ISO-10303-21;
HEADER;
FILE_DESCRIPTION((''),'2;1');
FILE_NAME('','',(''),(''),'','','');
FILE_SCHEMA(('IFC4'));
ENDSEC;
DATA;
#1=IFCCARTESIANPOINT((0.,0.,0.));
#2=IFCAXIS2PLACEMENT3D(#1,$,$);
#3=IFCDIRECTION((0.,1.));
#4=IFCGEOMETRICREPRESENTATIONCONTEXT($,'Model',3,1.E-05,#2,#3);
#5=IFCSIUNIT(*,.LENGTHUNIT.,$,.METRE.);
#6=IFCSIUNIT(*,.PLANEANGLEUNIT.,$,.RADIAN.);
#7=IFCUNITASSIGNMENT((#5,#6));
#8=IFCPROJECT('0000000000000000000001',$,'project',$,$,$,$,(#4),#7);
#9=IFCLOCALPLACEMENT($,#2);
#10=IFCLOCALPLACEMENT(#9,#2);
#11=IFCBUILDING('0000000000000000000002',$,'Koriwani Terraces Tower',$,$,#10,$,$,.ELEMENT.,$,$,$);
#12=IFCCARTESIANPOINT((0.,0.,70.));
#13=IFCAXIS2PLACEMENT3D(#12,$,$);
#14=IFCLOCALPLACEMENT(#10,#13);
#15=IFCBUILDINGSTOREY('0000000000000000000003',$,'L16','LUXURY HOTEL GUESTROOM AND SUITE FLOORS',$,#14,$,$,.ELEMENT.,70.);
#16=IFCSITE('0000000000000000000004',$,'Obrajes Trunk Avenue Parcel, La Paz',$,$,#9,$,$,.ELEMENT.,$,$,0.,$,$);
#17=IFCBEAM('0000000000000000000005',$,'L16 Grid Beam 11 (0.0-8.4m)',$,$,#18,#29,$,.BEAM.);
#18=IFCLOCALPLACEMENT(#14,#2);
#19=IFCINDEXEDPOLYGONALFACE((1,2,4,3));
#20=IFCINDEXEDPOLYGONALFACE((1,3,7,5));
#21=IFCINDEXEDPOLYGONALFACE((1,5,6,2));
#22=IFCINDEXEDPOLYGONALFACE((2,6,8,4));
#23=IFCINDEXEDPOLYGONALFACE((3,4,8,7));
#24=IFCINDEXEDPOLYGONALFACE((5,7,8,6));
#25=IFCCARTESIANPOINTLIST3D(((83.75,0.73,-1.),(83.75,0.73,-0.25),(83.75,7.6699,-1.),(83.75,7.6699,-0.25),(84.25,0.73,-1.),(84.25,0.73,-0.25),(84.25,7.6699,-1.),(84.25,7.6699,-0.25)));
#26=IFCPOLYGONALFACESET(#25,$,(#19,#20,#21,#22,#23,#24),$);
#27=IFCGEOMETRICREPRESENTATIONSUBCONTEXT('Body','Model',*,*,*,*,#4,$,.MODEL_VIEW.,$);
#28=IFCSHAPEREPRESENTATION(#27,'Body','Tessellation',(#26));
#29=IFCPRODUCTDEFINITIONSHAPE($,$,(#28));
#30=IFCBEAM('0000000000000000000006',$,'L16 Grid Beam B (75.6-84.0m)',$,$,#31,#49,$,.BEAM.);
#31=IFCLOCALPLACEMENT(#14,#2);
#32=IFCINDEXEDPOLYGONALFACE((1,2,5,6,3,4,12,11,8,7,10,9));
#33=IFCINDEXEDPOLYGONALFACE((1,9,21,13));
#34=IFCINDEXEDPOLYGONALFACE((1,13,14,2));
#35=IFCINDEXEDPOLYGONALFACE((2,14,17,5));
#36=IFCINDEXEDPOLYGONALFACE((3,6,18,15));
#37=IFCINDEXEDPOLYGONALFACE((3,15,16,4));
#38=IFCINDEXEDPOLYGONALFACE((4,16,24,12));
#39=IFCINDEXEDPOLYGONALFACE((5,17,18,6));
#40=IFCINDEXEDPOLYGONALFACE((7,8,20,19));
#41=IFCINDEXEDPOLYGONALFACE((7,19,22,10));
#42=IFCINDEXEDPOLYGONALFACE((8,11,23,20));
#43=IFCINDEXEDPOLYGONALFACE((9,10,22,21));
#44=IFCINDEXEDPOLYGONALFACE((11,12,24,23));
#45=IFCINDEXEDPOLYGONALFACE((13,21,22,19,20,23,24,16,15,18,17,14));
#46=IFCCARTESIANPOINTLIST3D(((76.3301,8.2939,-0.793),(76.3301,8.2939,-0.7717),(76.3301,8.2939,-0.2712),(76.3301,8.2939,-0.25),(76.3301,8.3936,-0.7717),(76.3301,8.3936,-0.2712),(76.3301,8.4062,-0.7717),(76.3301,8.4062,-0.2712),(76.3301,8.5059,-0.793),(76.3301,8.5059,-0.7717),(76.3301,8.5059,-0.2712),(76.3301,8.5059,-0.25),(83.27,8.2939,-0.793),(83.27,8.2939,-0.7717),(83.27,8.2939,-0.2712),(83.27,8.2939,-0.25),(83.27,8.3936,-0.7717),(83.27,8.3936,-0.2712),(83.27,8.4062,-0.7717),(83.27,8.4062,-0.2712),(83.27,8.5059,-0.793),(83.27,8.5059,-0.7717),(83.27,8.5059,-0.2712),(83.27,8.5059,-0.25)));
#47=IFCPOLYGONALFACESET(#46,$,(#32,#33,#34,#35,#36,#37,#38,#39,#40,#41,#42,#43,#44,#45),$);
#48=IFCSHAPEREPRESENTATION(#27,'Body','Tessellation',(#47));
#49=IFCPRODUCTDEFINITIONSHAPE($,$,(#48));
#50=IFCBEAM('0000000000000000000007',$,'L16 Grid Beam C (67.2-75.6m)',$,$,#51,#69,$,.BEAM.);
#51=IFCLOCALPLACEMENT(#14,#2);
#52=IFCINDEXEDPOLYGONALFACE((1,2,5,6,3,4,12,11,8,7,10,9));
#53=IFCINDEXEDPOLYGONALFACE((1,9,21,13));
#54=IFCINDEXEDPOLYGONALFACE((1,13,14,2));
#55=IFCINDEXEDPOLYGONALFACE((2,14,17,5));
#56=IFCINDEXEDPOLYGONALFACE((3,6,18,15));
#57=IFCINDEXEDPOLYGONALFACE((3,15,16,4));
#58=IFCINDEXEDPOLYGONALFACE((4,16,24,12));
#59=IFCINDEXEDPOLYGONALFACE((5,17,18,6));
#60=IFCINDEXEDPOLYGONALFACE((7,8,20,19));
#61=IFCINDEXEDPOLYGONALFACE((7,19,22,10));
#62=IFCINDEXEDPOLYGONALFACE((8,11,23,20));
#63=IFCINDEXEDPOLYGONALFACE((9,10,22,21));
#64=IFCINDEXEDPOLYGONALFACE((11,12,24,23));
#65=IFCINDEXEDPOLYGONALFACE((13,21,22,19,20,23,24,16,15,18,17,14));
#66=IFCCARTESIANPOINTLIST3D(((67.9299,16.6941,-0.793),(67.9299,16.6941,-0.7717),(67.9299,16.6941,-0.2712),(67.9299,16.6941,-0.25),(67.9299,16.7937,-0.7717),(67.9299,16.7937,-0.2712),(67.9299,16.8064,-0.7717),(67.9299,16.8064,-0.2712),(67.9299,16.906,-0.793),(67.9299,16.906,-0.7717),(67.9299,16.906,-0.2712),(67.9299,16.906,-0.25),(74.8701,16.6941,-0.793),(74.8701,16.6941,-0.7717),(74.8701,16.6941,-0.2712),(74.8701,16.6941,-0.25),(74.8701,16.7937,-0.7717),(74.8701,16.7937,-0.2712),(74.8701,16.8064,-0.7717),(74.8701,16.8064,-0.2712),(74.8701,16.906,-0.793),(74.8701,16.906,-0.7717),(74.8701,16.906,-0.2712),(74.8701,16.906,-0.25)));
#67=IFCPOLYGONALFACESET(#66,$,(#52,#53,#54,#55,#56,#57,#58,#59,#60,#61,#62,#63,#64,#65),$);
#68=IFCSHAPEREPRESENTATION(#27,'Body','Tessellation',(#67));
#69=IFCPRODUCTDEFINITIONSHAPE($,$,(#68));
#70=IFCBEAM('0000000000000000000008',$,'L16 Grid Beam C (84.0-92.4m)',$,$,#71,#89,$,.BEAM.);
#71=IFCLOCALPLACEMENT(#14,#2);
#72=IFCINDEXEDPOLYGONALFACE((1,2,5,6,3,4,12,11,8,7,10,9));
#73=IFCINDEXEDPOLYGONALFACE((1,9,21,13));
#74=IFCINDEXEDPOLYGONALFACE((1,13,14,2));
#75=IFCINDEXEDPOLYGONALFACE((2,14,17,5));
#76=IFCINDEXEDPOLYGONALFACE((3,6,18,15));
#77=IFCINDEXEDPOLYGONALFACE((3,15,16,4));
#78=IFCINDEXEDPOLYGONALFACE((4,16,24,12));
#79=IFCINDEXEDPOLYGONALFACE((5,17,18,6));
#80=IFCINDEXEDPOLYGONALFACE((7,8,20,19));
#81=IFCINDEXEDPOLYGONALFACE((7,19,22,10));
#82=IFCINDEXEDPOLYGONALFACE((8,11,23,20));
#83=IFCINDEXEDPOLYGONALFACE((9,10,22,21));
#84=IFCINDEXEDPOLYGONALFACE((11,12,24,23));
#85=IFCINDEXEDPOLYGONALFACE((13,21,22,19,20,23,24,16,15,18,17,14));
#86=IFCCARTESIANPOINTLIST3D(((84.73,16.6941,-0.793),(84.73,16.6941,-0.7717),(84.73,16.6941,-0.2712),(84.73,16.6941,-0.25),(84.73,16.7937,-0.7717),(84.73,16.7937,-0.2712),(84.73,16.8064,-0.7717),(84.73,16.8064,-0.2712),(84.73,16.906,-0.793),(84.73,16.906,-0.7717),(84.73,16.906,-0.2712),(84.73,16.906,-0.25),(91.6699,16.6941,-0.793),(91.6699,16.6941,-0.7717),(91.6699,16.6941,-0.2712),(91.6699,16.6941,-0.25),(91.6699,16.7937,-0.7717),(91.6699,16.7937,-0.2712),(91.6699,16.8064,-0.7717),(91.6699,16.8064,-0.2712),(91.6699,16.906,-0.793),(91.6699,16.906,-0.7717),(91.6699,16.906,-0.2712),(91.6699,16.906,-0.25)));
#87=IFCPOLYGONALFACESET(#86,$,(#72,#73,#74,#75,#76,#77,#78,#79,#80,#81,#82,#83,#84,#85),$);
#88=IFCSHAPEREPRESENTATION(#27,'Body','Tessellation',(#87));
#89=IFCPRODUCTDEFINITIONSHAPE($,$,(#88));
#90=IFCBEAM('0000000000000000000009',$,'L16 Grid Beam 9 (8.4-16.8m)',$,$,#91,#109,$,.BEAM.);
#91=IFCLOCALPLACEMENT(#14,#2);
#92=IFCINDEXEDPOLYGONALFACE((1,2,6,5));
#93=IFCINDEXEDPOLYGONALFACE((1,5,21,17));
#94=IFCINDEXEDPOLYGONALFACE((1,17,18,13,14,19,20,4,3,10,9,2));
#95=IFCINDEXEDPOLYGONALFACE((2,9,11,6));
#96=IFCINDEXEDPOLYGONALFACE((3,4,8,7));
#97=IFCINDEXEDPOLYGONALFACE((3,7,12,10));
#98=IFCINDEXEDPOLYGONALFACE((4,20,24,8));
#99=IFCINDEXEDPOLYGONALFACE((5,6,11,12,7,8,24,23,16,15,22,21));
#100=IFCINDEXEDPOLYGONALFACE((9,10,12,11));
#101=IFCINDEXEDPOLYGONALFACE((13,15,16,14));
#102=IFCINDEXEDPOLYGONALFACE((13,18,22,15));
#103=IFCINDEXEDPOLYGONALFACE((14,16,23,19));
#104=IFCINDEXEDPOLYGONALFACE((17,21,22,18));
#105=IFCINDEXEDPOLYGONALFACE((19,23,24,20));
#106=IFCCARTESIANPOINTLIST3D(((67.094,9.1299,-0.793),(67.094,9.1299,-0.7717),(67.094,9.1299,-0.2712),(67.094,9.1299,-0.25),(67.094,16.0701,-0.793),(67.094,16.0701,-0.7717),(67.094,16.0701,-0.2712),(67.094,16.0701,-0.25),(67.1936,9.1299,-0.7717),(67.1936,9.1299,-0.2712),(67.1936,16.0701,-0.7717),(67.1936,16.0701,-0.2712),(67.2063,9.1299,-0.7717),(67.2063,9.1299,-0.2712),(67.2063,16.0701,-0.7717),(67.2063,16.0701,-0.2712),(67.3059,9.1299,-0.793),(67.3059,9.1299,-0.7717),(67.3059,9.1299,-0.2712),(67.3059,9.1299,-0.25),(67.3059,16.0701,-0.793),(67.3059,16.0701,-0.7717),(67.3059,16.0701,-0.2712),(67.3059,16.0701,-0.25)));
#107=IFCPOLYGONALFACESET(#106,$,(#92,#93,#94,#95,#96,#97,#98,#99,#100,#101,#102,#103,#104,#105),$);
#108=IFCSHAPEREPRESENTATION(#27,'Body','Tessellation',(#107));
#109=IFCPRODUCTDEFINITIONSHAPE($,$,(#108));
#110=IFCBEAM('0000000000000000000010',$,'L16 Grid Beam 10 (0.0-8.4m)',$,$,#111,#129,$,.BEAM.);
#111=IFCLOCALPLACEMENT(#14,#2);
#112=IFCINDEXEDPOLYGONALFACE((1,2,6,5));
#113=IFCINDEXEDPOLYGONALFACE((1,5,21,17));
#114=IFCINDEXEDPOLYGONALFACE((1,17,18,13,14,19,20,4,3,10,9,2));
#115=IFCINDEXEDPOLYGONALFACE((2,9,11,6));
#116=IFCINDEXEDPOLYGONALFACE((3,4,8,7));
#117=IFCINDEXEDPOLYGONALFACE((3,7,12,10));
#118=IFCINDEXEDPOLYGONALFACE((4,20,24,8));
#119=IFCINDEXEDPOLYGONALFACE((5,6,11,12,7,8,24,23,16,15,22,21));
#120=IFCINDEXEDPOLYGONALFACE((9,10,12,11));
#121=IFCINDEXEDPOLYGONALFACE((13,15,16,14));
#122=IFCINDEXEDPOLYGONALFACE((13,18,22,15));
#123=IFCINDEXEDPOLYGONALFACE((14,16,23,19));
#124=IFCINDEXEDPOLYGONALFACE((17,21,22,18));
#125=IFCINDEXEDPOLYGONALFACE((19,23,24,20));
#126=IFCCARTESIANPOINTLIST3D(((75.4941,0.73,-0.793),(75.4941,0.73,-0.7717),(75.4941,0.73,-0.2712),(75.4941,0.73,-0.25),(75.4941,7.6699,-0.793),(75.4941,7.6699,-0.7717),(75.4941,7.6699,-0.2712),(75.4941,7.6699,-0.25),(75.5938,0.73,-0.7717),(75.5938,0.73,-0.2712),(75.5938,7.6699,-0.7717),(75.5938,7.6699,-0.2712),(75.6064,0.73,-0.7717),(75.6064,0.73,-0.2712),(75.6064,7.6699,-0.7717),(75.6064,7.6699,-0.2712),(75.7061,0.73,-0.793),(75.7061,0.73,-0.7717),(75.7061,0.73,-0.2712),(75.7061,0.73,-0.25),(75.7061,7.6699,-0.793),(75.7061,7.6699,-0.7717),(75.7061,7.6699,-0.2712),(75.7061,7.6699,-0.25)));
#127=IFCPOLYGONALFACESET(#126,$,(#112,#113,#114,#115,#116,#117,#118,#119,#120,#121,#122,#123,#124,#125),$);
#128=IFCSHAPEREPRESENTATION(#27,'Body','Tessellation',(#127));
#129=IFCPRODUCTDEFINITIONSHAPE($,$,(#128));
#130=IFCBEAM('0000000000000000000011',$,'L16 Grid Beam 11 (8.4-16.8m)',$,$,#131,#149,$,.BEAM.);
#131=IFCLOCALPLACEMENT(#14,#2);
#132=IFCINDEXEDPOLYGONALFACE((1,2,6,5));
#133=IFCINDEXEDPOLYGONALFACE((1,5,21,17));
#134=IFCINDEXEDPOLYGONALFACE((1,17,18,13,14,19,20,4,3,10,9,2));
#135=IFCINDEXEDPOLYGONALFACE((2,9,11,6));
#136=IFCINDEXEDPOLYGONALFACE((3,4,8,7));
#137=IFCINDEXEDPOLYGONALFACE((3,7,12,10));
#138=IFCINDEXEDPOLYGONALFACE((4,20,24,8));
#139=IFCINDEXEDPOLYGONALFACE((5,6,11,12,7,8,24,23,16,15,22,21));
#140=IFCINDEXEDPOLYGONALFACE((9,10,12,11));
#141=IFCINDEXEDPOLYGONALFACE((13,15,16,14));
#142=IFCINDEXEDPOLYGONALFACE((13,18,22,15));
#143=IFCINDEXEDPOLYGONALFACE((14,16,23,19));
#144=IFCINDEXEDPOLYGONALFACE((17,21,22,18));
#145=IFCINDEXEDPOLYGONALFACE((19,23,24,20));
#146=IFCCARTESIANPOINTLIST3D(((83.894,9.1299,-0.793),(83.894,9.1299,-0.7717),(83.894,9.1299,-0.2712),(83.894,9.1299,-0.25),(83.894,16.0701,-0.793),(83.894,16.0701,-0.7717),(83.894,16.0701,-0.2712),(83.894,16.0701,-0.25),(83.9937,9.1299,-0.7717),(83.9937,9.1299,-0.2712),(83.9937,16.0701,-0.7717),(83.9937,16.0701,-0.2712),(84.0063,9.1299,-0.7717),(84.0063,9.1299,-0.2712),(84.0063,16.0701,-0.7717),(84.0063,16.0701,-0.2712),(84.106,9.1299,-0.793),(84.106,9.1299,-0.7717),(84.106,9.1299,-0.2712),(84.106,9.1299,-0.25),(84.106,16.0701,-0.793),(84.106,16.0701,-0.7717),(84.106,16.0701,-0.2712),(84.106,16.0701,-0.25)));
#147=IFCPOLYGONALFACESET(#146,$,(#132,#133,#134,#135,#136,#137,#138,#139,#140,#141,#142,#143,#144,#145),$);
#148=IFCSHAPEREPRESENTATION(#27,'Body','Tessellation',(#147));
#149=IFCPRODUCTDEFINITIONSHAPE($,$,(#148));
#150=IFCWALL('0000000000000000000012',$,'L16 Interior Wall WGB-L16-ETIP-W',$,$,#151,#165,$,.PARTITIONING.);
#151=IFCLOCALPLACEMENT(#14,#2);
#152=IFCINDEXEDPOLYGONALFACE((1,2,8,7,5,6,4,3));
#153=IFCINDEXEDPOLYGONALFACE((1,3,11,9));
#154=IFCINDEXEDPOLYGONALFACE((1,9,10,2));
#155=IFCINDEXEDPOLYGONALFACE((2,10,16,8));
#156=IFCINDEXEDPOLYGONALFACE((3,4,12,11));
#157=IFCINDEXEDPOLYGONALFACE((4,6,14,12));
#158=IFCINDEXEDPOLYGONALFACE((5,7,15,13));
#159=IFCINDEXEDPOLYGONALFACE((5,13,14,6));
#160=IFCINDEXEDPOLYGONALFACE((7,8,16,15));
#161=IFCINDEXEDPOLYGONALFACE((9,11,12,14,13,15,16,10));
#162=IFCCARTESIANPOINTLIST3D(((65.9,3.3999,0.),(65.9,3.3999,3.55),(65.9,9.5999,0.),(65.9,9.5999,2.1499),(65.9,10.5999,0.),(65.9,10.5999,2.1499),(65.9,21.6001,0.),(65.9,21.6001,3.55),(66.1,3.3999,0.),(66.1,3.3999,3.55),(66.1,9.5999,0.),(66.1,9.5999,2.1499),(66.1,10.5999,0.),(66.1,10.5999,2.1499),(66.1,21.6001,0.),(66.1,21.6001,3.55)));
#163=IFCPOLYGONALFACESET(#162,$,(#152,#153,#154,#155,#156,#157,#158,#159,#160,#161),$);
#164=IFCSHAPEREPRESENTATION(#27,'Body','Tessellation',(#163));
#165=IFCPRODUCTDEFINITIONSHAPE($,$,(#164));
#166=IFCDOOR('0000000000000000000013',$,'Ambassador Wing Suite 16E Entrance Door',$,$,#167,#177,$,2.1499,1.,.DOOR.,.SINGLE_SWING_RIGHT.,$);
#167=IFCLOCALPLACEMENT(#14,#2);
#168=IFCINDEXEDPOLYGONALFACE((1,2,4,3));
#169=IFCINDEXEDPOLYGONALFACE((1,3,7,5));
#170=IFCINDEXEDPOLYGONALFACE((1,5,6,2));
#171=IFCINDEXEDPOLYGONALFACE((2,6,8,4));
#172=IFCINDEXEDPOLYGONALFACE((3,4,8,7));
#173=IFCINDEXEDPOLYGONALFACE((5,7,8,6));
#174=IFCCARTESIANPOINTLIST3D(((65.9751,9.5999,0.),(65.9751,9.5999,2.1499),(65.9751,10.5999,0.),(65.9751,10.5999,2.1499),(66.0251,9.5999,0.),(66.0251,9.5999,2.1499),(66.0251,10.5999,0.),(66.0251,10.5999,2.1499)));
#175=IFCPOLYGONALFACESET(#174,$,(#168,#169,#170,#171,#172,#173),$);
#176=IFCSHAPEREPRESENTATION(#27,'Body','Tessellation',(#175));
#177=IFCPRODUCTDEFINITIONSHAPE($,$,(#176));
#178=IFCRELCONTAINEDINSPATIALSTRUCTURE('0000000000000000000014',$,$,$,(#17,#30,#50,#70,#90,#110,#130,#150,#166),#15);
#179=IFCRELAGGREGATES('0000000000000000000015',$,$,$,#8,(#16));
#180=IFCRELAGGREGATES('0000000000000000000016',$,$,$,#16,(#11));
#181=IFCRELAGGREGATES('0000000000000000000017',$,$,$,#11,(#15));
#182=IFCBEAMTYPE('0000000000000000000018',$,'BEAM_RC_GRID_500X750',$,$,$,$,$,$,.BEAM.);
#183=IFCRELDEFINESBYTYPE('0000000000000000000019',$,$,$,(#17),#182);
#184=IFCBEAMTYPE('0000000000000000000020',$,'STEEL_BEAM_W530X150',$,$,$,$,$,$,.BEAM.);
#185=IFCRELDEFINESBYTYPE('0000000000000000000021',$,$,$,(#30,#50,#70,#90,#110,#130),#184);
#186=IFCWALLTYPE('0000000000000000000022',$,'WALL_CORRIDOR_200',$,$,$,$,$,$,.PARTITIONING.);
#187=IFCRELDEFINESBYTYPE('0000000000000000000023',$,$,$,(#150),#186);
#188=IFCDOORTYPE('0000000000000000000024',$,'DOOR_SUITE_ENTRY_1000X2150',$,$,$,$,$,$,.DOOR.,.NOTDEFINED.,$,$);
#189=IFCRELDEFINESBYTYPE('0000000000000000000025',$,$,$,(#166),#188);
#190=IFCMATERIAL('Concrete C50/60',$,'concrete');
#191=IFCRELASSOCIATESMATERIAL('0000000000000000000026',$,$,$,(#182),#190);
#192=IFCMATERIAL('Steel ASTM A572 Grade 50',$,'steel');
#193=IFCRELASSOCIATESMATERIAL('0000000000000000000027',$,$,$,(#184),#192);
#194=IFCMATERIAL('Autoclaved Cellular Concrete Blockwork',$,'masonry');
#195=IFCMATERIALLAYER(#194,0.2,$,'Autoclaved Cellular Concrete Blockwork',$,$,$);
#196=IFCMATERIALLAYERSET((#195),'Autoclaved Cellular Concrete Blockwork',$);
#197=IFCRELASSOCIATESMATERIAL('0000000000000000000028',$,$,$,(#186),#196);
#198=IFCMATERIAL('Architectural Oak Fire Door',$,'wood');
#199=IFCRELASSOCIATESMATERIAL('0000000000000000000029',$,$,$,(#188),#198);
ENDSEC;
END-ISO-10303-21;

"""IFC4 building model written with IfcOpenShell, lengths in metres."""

from ifc_helpers import new_model, si_unit, direction, frame, frame_2d, origin, origin_2d, place, context, subcontext, project, spatial, rectangle, i_section, extrude, material, layer, layer_set, material_profile, profile_set, type_object, element, fill, save


model = new_model("IFC4")

# Units and contexts
model_context = context("Model", 3, precision=1e-05, world=origin(), true_north=direction((0.0, 1.0)))
body_context = subcontext(model_context, "Body", "Model", "MODEL_VIEW")
ifc_project = project(units=[si_unit("LENGTHUNIT", "METRE"), si_unit("PLANEANGLEUNIT", "RADIAN")], contexts=[model_context])

# Site, building, storey
site_placement = place(None, origin())
site = spatial("IfcSite", under=ifc_project, at=site_placement, Name="Obrajes Trunk Avenue Parcel, La Paz", CompositionType="ELEMENT", RefElevation=0.0)
building_placement = place(site_placement, origin())
building = spatial("IfcBuilding", under=site, at=building_placement, Name="Koriwani Terraces Tower", CompositionType="ELEMENT")
storey_placement = place(building_placement, frame((0.0, 0.0, 70.0)))
storey = spatial("IfcBuildingStorey", under=building, at=storey_placement, Name="L16", Description="LUXURY HOTEL GUESTROOM AND SUITE FLOORS", CompositionType="ELEMENT", Elevation=70.0)

# Beams
ifc_material_1 = material(Name="Concrete C50/60", Category="concrete")
ifc_material_profile_1 = material_profile(ifc_material_1, rectangle(XDim=0.5, YDim=0.75, at=origin_2d()), Name="Concrete C50/60", Category="LoadBearing")
ifc_profile_set_1 = profile_set([ifc_material_profile_1], Name="Concrete C50/60")
beam_type_1 = type_object("IfcBeamType", Name="BEAM_RC_GRID_500X750", PredefinedType="BEAM", material=ifc_profile_set_1)
beam_1_placement = place(storey_placement, frame((84.0, 0.73, -0.625), z_axis=(0.0, 1.0, 0.0), x_axis=(-1.0, 0.0, 0.0)))
element("IfcBeam", 1, at=beam_1_placement, inside=storey, type_object=beam_type_1, Name="L16 Grid Beam 11 (0.0-8.4m)", PredefinedType="BEAM", context=body_context, shape_type="SweptSolid", body=[
    extrude(rectangle(XDim=0.5, YDim=0.75, at=origin_2d()), origin(), (0.0, 0.0, 1.0), 6.9399),
])
ifc_material_2 = material(Name="Steel ASTM A572 Grade 50", Category="steel")
ifc_material_profile_2 = material_profile(ifc_material_2, i_section(OverallWidth=0.2119, OverallDepth=0.543, WebThickness=0.0127, FlangeThickness=0.0212, at=origin_2d()), Name="Steel ASTM A572 Grade 50", Category="LoadBearing")
ifc_profile_set_2 = profile_set([ifc_material_profile_2], Name="Steel ASTM A572 Grade 50")
beam_type_2 = type_object("IfcBeamType", Name="STEEL_BEAM_W530X150", PredefinedType="BEAM", material=ifc_profile_set_2)
beam_2_placement = place(storey_placement, frame((76.3301, 8.3999, -0.5215), z_axis=(1.0, 0.0, 0.0), x_axis=(0.0, 1.0, 0.0)))
element("IfcBeam", 2, at=beam_2_placement, inside=storey, type_object=beam_type_2, Name="L16 Grid Beam B (75.6-84.0m)", PredefinedType="BEAM", context=body_context, shape_type="SweptSolid", body=[
    extrude(i_section(OverallWidth=0.2119, OverallDepth=0.543, WebThickness=0.0127, FlangeThickness=0.0212, at=origin_2d()), origin(), (0.0, 0.0, 1.0), 6.9399),
])
beam_3_placement = place(storey_placement, frame((67.9299, 16.8, -0.5215), z_axis=(1.0, 0.0, 0.0), x_axis=(0.0, 1.0, 0.0)))
element("IfcBeam", 3, at=beam_3_placement, inside=storey, type_object=beam_type_2, Name="L16 Grid Beam C (67.2-75.6m)", PredefinedType="BEAM", context=body_context, shape_type="SweptSolid", body=[
    extrude(i_section(OverallWidth=0.2119, OverallDepth=0.543, WebThickness=0.0127, FlangeThickness=0.0212, at=origin_2d()), origin(), (0.0, 0.0, 1.0), 6.9402),
])
beam_4_placement = place(storey_placement, frame((84.73, 16.8, -0.5215), z_axis=(1.0, 0.0, 0.0), x_axis=(0.0, 1.0, 0.0)))
element("IfcBeam", 4, at=beam_4_placement, inside=storey, type_object=beam_type_2, Name="L16 Grid Beam C (84.0-92.4m)", PredefinedType="BEAM", context=body_context, shape_type="SweptSolid", body=[
    extrude(i_section(OverallWidth=0.2119, OverallDepth=0.543, WebThickness=0.0127, FlangeThickness=0.0212, at=origin_2d()), origin(), (0.0, 0.0, 1.0), 6.9399),
])
beam_5_placement = place(storey_placement, frame((67.2, 9.1299, -0.5215), z_axis=(0.0, 1.0, 0.0), x_axis=(-1.0, 0.0, 0.0)))
element("IfcBeam", 5, at=beam_5_placement, inside=storey, type_object=beam_type_2, Name="L16 Grid Beam 9 (8.4-16.8m)", PredefinedType="BEAM", context=body_context, shape_type="SweptSolid", body=[
    extrude(i_section(OverallWidth=0.2119, OverallDepth=0.543, WebThickness=0.0127, FlangeThickness=0.0212, at=origin_2d()), origin(), (0.0, 0.0, 1.0), 6.9402),
])
beam_6_placement = place(storey_placement, frame((75.6001, 0.73, -0.5215), z_axis=(0.0, 1.0, 0.0), x_axis=(-1.0, 0.0, 0.0)))
element("IfcBeam", 6, at=beam_6_placement, inside=storey, type_object=beam_type_2, Name="L16 Grid Beam 10 (0.0-8.4m)", PredefinedType="BEAM", context=body_context, shape_type="SweptSolid", body=[
    extrude(i_section(OverallWidth=0.2119, OverallDepth=0.543, WebThickness=0.0127, FlangeThickness=0.0212, at=origin_2d()), origin(), (0.0, 0.0, 1.0), 6.9399),
])
beam_7_placement = place(storey_placement, frame((84.0, 9.1299, -0.5215), z_axis=(0.0, 1.0, 0.0), x_axis=(-1.0, 0.0, 0.0)))
element("IfcBeam", 7, at=beam_7_placement, inside=storey, type_object=beam_type_2, Name="L16 Grid Beam 11 (8.4-16.8m)", PredefinedType="BEAM", context=body_context, shape_type="SweptSolid", body=[
    extrude(i_section(OverallWidth=0.2119, OverallDepth=0.543, WebThickness=0.0127, FlangeThickness=0.0212, at=origin_2d()), origin(), (0.0, 0.0, 1.0), 6.9402),
])

# Wall, opening, door
ifc_material_3 = material(Name="Autoclaved Cellular Concrete Blockwork", Category="masonry")
ifc_layer_1 = layer(ifc_material_3, 0.2, Name="Autoclaved Cellular Concrete Blockwork")
ifc_layer_set_1 = layer_set([ifc_layer_1], Name="Autoclaved Cellular Concrete Blockwork")
wall_type_1 = type_object("IfcWallType", Name="WALL_CORRIDOR_200", PredefinedType="PARTITIONING", material=ifc_layer_set_1)
wall_1_placement = place(storey_placement, frame((66.0, 3.3999, 0.0), z_axis=(0.0, 0.0, 1.0), x_axis=(0.0, 1.0, 0.0)))
wall_1 = element("IfcWall", 8, at=wall_1_placement, inside=storey, type_object=wall_type_1, Name="L16 Interior Wall WGB-L16-ETIP-W", PredefinedType="PARTITIONING", context=body_context, shape_type="SweptSolid", body=[
    extrude(rectangle(XDim=18.2002, YDim=0.2, at=frame_2d((9.1001, 0.0))), origin(), (0.0, 0.0, 1.0), 3.55),
])
opening_1_placement = place(wall_1_placement, frame((6.2, 0.0, 0.0)))
opening_1 = element("IfcOpeningElement", 9, at=opening_1_placement, cuts=wall_1, PredefinedType="OPENING", context=body_context, shape_type="SweptSolid", body=[
    extrude(rectangle(XDim=1.0, YDim=2.1499, at=frame_2d((0.5, 1.075))), frame((0.0, 0.1099, 0.0), z_axis=(0.0, -1.0, 0.0), x_axis=(1.0, 0.0, 0.0)), (0.0, 0.0, 1.0), 0.22),
])
ifc_material_4 = material(Name="Architectural Oak Fire Door", Category="wood")
door_type_1 = type_object("IfcDoorType", Name="DOOR_SUITE_ENTRY_1000X2150", OperationType="NOTDEFINED", PredefinedType="DOOR", material=ifc_material_4)
door_1_placement = place(opening_1_placement, origin())
door_1 = element("IfcDoor", 10, at=door_1_placement, inside=storey, type_object=door_type_1, Name="Ambassador Wing Suite 16E Entrance Door", OperationType="SINGLE_SWING_RIGHT", OverallHeight=2.1499, OverallWidth=1.0, PredefinedType="DOOR", context=body_context, shape_type="SweptSolid", body=[
    extrude(rectangle(XDim=1.0, YDim=2.1499, at=frame_2d((0.5, 1.075))), frame((0.0, 0.0249, 0.0), z_axis=(0.0, -1.0, 0.0), x_axis=(1.0, 0.0, 0.0)), (0.0, 0.0, 1.0), 0.05),
])
fill(opening_1, door_1)

save(model, "model.ifc")
